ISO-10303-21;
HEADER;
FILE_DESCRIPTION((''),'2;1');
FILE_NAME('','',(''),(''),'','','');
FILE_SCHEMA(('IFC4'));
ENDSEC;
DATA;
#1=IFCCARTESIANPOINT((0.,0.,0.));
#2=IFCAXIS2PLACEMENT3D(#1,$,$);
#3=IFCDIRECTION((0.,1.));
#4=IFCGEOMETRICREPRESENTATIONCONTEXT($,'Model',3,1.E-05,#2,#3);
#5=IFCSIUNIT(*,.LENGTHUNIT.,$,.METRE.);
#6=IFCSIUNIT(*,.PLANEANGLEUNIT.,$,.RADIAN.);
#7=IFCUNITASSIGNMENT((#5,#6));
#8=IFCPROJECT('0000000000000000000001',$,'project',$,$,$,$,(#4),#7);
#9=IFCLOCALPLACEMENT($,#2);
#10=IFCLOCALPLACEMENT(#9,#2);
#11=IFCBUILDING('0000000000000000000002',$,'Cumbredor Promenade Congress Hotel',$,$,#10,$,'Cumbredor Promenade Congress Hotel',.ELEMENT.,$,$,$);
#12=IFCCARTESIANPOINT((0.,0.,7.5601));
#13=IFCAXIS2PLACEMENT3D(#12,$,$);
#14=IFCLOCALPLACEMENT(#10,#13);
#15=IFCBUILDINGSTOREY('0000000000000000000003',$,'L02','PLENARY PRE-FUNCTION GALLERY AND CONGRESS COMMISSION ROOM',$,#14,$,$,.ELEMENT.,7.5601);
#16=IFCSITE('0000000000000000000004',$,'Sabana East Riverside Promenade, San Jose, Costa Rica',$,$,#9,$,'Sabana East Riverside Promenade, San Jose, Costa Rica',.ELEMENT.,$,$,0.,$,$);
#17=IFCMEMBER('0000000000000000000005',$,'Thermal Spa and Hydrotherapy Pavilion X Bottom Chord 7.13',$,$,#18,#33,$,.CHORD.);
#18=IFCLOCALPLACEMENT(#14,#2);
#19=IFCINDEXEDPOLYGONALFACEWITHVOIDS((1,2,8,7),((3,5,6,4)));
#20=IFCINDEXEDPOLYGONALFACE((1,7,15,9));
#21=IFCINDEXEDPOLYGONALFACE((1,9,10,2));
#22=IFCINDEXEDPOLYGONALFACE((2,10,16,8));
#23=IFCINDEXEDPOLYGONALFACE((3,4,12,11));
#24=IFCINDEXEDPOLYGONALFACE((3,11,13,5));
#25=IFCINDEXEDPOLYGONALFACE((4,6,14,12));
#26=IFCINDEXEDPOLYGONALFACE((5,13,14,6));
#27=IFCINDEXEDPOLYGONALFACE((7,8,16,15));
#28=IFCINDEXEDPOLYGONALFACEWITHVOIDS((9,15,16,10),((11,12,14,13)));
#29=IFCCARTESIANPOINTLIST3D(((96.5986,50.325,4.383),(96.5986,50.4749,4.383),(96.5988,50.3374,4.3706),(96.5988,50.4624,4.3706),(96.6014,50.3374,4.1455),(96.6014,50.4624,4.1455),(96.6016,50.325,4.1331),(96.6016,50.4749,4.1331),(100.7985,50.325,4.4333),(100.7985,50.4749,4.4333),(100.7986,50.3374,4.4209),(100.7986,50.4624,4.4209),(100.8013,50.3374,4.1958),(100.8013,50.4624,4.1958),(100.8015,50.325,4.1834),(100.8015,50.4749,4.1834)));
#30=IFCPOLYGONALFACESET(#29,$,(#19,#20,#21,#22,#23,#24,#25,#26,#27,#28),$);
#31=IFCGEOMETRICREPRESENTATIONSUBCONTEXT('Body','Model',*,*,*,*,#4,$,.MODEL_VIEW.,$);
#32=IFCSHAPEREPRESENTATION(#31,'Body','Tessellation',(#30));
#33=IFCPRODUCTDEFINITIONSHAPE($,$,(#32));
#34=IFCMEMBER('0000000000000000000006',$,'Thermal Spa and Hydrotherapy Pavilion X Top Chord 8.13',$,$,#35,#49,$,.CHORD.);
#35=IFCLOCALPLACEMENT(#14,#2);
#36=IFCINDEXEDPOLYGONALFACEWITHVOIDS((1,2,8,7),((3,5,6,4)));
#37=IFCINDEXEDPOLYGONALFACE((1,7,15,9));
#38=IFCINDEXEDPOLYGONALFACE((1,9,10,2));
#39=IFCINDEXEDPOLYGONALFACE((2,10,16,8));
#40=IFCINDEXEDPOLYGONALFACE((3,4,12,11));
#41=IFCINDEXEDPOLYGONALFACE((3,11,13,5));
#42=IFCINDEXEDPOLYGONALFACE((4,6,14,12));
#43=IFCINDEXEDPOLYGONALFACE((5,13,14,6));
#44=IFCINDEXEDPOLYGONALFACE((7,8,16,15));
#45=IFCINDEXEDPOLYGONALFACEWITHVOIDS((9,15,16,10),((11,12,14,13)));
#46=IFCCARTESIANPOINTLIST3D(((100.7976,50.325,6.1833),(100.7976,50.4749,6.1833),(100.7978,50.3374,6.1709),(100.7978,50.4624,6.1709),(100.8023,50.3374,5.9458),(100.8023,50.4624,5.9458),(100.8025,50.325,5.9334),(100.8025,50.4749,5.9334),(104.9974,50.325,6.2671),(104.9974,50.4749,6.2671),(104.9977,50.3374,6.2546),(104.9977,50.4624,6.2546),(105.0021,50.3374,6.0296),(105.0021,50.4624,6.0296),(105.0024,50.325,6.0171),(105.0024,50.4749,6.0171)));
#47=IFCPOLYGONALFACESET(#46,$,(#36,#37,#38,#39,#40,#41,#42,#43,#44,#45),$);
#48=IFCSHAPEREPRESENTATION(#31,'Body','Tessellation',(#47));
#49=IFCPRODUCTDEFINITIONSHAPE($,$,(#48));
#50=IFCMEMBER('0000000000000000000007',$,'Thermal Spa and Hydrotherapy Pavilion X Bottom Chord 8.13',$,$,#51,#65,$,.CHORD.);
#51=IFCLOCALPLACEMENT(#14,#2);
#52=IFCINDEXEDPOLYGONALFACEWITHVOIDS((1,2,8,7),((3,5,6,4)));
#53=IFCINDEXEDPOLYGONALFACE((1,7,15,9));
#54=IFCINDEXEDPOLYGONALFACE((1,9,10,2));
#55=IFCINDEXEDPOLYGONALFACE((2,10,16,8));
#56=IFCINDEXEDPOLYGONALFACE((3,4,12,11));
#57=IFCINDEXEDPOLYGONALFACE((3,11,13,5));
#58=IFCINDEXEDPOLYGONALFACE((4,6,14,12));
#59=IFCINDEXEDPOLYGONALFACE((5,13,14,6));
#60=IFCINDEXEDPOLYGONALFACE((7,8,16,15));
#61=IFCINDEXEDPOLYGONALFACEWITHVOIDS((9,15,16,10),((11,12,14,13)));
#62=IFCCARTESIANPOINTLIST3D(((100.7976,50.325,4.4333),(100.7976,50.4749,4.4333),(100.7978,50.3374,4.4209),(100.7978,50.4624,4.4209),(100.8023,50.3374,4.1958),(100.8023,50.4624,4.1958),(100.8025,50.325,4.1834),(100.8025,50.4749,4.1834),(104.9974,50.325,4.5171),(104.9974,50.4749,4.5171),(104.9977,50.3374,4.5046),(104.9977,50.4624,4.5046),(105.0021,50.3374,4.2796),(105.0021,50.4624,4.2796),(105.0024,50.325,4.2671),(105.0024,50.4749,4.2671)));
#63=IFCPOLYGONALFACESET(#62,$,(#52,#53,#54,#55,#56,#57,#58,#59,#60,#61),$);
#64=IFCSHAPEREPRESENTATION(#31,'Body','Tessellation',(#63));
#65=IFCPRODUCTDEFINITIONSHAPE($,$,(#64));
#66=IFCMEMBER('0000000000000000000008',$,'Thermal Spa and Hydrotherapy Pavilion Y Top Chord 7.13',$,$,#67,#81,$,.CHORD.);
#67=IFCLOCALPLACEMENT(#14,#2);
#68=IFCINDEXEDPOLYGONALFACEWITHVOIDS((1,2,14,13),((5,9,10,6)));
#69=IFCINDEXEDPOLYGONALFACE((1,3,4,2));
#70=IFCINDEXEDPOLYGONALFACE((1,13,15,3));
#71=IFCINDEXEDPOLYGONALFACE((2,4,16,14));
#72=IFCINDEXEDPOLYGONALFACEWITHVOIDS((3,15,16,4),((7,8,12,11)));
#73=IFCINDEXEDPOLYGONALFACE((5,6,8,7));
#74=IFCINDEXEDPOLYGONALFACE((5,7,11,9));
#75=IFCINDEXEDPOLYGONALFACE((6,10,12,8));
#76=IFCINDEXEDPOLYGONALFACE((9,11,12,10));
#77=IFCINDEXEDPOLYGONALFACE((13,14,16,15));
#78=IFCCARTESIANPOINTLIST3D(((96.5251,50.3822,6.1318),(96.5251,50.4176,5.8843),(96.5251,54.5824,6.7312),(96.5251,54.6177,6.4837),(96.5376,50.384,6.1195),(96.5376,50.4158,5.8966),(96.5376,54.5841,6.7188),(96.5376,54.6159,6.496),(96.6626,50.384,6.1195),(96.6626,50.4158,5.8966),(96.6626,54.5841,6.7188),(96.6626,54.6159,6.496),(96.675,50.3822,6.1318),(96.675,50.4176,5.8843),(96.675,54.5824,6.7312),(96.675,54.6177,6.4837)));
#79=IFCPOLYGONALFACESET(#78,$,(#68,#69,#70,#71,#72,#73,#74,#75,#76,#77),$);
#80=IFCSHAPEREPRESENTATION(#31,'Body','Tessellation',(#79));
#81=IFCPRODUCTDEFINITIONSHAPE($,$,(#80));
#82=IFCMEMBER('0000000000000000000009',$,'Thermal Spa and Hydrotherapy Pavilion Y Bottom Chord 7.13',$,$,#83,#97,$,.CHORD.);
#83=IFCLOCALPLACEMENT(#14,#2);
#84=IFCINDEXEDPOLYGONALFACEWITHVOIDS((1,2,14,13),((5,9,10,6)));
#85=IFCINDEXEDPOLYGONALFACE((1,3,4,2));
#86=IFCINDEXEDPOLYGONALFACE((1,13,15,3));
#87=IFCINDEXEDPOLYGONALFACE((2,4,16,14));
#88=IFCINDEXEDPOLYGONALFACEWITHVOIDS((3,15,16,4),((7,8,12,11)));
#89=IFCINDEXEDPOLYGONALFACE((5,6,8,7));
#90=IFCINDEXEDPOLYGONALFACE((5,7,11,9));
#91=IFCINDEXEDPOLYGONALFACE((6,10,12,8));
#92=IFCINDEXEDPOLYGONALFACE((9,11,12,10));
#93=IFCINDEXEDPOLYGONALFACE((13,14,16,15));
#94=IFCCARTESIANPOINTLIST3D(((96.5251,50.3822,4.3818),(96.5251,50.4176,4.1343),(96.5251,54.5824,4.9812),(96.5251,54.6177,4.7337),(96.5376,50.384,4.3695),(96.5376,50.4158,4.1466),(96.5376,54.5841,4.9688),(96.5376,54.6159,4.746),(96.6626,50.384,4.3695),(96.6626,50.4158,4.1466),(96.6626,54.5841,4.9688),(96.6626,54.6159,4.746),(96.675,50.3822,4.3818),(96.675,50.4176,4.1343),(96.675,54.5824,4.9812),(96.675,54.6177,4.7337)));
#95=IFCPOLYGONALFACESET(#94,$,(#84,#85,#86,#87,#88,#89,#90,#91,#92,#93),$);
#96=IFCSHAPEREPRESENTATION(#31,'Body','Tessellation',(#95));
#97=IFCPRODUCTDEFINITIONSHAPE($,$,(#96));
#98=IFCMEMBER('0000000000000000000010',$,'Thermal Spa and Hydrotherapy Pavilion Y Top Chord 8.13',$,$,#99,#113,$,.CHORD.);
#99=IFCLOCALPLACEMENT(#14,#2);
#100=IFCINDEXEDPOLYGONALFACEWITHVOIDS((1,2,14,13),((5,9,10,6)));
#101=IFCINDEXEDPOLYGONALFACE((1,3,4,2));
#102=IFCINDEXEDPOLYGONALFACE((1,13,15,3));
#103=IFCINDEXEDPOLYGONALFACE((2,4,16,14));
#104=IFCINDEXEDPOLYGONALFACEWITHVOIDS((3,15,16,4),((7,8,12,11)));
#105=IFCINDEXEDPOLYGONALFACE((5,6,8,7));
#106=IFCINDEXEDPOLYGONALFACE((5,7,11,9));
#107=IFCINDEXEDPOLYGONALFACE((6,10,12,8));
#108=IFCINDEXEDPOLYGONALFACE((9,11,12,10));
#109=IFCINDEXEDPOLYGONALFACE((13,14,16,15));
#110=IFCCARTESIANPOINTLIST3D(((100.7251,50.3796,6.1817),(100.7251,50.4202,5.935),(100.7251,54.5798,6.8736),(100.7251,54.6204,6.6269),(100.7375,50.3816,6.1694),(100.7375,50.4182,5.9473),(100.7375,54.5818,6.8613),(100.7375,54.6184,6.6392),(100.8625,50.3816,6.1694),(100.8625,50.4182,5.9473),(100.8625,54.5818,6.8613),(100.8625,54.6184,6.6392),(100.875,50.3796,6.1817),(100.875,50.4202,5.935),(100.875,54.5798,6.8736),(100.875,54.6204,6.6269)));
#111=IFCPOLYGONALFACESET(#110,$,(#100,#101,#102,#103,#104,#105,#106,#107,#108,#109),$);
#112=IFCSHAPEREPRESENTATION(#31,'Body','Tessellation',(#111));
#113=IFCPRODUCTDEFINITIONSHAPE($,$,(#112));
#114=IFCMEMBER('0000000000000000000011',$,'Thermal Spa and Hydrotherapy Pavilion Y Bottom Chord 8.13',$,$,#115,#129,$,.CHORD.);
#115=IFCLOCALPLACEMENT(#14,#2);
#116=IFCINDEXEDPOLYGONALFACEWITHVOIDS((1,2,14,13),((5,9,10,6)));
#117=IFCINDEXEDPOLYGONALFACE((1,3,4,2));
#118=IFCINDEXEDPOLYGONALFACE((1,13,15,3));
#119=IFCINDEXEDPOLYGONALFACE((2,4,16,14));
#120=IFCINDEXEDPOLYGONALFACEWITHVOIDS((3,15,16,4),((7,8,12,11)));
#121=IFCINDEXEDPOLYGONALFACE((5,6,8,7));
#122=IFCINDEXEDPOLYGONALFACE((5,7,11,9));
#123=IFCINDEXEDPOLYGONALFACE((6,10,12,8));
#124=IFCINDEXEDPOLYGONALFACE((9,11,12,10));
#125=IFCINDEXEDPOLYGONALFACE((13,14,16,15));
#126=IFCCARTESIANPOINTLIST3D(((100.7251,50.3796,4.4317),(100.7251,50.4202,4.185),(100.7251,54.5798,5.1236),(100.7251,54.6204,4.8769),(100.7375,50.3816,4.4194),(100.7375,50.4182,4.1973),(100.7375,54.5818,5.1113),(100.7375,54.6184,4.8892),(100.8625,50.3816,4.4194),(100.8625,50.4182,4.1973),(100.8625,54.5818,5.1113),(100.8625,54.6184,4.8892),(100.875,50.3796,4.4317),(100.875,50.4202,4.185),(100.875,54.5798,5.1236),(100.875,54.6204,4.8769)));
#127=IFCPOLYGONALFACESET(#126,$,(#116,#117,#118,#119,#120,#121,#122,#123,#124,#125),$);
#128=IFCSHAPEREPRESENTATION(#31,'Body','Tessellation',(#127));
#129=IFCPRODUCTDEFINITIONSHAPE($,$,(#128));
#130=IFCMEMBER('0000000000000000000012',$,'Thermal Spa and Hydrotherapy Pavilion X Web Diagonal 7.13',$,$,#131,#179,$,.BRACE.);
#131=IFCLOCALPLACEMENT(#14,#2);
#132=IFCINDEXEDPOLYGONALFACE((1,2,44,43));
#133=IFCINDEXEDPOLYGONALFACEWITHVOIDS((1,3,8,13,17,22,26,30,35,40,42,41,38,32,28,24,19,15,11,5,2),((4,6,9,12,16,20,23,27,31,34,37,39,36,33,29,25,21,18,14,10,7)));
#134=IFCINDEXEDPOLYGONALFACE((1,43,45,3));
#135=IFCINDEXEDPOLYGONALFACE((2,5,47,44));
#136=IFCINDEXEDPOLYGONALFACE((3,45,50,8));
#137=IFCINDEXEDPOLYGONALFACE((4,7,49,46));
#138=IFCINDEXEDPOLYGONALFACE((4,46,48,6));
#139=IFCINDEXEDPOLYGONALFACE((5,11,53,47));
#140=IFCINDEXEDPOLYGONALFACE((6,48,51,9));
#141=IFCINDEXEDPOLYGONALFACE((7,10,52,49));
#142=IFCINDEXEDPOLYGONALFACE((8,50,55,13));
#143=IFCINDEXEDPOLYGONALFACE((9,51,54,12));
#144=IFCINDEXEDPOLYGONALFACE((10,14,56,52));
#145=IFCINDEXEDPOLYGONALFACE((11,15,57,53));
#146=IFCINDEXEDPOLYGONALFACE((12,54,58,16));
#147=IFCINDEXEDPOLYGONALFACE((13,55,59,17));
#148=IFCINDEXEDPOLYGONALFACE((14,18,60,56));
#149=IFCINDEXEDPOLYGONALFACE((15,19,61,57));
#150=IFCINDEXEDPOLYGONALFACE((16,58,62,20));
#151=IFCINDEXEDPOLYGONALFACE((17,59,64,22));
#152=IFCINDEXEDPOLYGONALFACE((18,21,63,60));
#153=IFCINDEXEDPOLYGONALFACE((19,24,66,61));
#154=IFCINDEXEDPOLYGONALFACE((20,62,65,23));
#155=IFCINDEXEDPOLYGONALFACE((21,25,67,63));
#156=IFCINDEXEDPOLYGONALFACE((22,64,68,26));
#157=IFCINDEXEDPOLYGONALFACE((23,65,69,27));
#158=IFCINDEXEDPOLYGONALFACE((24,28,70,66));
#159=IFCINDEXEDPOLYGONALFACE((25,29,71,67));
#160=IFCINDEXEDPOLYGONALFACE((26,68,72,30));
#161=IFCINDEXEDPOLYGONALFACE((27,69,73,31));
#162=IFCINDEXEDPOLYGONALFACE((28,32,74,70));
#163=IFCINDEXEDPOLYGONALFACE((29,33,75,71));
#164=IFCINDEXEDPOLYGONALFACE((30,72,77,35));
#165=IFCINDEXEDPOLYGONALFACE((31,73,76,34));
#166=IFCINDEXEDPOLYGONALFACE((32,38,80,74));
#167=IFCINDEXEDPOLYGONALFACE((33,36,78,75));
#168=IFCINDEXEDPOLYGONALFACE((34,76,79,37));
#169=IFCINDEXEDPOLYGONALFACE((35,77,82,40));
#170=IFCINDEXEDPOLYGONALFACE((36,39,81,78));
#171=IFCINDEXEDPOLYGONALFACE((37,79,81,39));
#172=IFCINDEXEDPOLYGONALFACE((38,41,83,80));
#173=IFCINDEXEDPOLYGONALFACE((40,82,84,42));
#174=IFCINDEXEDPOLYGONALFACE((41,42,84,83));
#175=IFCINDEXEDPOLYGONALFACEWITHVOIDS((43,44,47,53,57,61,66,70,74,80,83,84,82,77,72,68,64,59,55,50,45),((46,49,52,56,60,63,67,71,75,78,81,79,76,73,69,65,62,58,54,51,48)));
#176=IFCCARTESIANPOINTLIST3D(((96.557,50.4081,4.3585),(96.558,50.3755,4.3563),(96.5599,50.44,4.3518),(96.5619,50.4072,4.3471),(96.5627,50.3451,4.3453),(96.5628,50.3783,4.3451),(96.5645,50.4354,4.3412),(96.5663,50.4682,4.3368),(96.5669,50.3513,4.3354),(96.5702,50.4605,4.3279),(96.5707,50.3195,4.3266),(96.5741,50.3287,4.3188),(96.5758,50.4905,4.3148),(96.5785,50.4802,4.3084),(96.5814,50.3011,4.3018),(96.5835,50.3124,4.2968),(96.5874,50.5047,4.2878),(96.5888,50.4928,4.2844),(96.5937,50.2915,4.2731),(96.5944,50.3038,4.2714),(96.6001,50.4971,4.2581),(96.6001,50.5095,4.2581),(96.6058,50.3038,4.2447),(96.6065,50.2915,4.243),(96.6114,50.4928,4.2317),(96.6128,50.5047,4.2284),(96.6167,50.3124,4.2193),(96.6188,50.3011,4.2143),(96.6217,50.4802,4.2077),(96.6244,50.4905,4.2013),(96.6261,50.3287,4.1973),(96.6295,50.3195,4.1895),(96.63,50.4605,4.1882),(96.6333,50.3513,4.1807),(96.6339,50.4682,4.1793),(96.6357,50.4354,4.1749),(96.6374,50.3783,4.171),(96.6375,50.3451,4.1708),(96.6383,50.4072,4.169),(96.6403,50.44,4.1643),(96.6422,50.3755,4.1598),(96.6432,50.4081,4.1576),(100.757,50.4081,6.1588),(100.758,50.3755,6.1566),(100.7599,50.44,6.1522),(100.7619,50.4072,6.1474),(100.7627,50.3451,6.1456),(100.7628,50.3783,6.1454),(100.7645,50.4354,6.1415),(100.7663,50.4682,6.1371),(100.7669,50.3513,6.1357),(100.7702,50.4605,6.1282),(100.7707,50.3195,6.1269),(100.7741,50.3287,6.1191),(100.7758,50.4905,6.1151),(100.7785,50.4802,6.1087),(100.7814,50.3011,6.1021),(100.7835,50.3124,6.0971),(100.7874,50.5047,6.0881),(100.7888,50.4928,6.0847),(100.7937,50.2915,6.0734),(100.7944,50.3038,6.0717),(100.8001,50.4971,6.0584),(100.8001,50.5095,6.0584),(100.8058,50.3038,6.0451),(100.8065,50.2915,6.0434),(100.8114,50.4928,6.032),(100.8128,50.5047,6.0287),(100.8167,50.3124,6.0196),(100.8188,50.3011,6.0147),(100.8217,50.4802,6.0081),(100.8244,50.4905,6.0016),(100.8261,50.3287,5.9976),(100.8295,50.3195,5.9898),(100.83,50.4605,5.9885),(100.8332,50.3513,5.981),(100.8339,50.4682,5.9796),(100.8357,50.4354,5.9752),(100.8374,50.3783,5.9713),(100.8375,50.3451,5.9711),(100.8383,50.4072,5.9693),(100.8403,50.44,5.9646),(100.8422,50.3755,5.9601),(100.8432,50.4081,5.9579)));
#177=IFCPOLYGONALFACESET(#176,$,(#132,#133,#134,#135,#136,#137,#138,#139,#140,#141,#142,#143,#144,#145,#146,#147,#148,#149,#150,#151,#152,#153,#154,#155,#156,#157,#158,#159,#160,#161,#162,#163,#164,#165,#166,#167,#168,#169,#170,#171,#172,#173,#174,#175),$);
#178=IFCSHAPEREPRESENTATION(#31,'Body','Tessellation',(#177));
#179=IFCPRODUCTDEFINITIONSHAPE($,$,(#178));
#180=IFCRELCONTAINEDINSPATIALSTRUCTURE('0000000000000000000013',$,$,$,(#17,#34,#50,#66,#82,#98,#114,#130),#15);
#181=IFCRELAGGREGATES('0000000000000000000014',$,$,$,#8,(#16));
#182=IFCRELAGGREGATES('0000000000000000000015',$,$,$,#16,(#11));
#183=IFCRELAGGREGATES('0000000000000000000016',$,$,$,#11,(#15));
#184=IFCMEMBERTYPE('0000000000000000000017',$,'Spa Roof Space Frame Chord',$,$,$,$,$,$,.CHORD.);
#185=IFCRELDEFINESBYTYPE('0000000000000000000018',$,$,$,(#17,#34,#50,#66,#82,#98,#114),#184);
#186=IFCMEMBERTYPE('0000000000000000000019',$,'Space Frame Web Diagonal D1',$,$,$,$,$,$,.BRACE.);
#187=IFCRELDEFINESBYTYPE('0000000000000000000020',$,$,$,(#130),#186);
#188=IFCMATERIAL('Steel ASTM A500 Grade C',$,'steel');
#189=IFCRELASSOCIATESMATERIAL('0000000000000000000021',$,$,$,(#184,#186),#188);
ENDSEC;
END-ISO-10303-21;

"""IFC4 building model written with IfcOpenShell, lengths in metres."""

from ifc_helpers import new_model, si_unit, direction, frame, origin, origin_2d, place, context, subcontext, project, spatial, hollow_rectangle, hollow_circle, extrude, material, material_profile, profile_set, type_object, element, save


model = new_model("IFC4")

# Units and contexts
model_context = context("Model", 3, precision=1e-05, world=origin(), true_north=direction((0.0, 1.0)))
body_context = subcontext(model_context, "Body", "Model", "MODEL_VIEW")
ifc_project = project(units=[si_unit("LENGTHUNIT", "METRE"), si_unit("PLANEANGLEUNIT", "RADIAN")], contexts=[model_context])

# Site, building, storey
site_placement = place(None, origin())
site = spatial("IfcSite", under=ifc_project, at=site_placement, Name="Sabana East Riverside Promenade, San Jose, Costa Rica", LongName="Sabana East Riverside Promenade, San Jose, Costa Rica", CompositionType="ELEMENT", RefElevation=0.0)
building_placement = place(site_placement, origin())
building = spatial("IfcBuilding", under=site, at=building_placement, Name="Cumbredor Promenade Congress Hotel", LongName="Cumbredor Promenade Congress Hotel", CompositionType="ELEMENT")
storey_placement = place(building_placement, frame((0.0, 0.0, 7.5601)))
storey = spatial("IfcBuildingStorey", under=building, at=storey_placement, Name="L02", Description="PLENARY PRE-FUNCTION GALLERY AND CONGRESS COMMISSION ROOM", CompositionType="ELEMENT", Elevation=7.5601)

# Members
ifc_material_1 = material(Name="Steel ASTM A500 Grade C", Category="steel")
ifc_material_profile_1 = material_profile(ifc_material_1, hollow_rectangle(XDim=0.1499, YDim=0.25, WallThickness=0.0125, at=origin_2d()), Name="HSS 250x150x12.5")
ifc_profile_set_1 = profile_set([ifc_material_profile_1], Name="Steel ASTM A500 Grade C")
member_type_1 = type_object("IfcMemberType", Name="Spa Roof Space Frame Chord", PredefinedType="CHORD", material=ifc_profile_set_1)
for number, where, z_axis, x_axis, name in (
    (1, (96.6001, 50.3999, 4.2581), (0.999928, 0.0, 0.011974), (0.0, 1.0, 0.0), "Thermal Spa and Hydrotherapy Pavilion X Bottom Chord 7.13"),
):
    element("IfcMember", number, at=place(storey_placement, frame(where, z_axis=z_axis, x_axis=x_axis)), inside=storey, type_object=member_type_1, Name=name, PredefinedType="CHORD", context=body_context, shape_type="SweptSolid", body=[
        extrude(hollow_rectangle(XDim=0.1499, YDim=0.25, WallThickness=0.0125, at=origin_2d()), origin(), (0.0, 0.0, 1.0), 4.2002),
    ])
for number, where, z_axis, x_axis, name in (
    (2, (100.8, 50.3999, 6.0583), (0.999801, 0.0, 0.019934), (0.0, 1.0, 0.0), "Thermal Spa and Hydrotherapy Pavilion X Top Chord 8.13"),
    (3, (100.8, 50.3999, 4.3083), (0.999801, 0.0, 0.019934), (0.0, 1.0, 0.0), "Thermal Spa and Hydrotherapy Pavilion X Bottom Chord 8.13"),
):
    element("IfcMember", number, at=place(storey_placement, frame(where, z_axis=z_axis, x_axis=x_axis)), inside=storey, type_object=member_type_1, Name=name, PredefinedType="CHORD", context=body_context, shape_type="SweptSolid", body=[
        extrude(hollow_rectangle(XDim=0.1499, YDim=0.25, WallThickness=0.0125, at=origin_2d()), origin(), (0.0, 0.0, 1.0), 4.2007),
    ])
for number, where, z_axis, x_axis, name in (
    (4, (96.6001, 50.3999, 6.0081), (0.0, 0.989971, 0.141268), (-1.0, 0.0, 0.0), "Thermal Spa and Hydrotherapy Pavilion Y Top Chord 7.13"),
    (5, (96.6001, 50.3999, 4.2581), (0.0, 0.989971, 0.141268), (-1.0, 0.0, 0.0), "Thermal Spa and Hydrotherapy Pavilion Y Bottom Chord 7.13"),
):
    element("IfcMember", number, at=place(storey_placement, frame(where, z_axis=z_axis, x_axis=x_axis)), inside=storey, type_object=member_type_1, Name=name, PredefinedType="CHORD", context=body_context, shape_type="SweptSolid", body=[
        extrude(hollow_rectangle(XDim=0.1499, YDim=0.25, WallThickness=0.0125, at=origin_2d()), origin(), (0.0, 0.0, 1.0), 4.2427),
    ])
for number, where, z_axis, x_axis, name in (
    (6, (100.8, 50.3999, 6.0583), (0.0, 0.986702, 0.162539), (-1.0, 0.0, 0.0), "Thermal Spa and Hydrotherapy Pavilion Y Top Chord 8.13"),
    (7, (100.8, 50.3999, 4.3083), (0.0, 0.986702, 0.162539), (-1.0, 0.0, 0.0), "Thermal Spa and Hydrotherapy Pavilion Y Bottom Chord 8.13"),
):
    element("IfcMember", number, at=place(storey_placement, frame(where, z_axis=z_axis, x_axis=x_axis)), inside=storey, type_object=member_type_1, Name=name, PredefinedType="CHORD", context=body_context, shape_type="SweptSolid", body=[
        extrude(hollow_rectangle(XDim=0.1499, YDim=0.25, WallThickness=0.0125, at=origin_2d()), origin(), (0.0, 0.0, 1.0), 4.2568),
    ])
ifc_material_profile_2 = material_profile(ifc_material_1, hollow_circle(Radius=0.1096, WallThickness=0.0125, at=origin_2d()), Name="CHS 219.1x12.5")
ifc_profile_set_2 = profile_set([ifc_material_profile_2], Name="Steel ASTM A500 Grade C")
member_type_2 = type_object("IfcMemberType", Name="Space Frame Web Diagonal D1", PredefinedType="BRACE", material=ifc_profile_set_2)
member_1_placement = place(storey_placement, frame((96.6001, 50.3999, 4.2581), z_axis=(0.91912, 0.0, 0.393977), x_axis=(0.0, 1.0, 0.0)))
element("IfcMember", 8, at=member_1_placement, inside=storey, type_object=member_type_2, Name="Thermal Spa and Hydrotherapy Pavilion X Web Diagonal 7.13", PredefinedType="BRACE", context=body_context, shape_type="SweptSolid", body=[
    extrude(hollow_circle(Radius=0.1096, WallThickness=0.0125, at=origin_2d()), origin(), (0.0, 0.0, 1.0), 4.5696),
])

save(model, "model.ifc")
